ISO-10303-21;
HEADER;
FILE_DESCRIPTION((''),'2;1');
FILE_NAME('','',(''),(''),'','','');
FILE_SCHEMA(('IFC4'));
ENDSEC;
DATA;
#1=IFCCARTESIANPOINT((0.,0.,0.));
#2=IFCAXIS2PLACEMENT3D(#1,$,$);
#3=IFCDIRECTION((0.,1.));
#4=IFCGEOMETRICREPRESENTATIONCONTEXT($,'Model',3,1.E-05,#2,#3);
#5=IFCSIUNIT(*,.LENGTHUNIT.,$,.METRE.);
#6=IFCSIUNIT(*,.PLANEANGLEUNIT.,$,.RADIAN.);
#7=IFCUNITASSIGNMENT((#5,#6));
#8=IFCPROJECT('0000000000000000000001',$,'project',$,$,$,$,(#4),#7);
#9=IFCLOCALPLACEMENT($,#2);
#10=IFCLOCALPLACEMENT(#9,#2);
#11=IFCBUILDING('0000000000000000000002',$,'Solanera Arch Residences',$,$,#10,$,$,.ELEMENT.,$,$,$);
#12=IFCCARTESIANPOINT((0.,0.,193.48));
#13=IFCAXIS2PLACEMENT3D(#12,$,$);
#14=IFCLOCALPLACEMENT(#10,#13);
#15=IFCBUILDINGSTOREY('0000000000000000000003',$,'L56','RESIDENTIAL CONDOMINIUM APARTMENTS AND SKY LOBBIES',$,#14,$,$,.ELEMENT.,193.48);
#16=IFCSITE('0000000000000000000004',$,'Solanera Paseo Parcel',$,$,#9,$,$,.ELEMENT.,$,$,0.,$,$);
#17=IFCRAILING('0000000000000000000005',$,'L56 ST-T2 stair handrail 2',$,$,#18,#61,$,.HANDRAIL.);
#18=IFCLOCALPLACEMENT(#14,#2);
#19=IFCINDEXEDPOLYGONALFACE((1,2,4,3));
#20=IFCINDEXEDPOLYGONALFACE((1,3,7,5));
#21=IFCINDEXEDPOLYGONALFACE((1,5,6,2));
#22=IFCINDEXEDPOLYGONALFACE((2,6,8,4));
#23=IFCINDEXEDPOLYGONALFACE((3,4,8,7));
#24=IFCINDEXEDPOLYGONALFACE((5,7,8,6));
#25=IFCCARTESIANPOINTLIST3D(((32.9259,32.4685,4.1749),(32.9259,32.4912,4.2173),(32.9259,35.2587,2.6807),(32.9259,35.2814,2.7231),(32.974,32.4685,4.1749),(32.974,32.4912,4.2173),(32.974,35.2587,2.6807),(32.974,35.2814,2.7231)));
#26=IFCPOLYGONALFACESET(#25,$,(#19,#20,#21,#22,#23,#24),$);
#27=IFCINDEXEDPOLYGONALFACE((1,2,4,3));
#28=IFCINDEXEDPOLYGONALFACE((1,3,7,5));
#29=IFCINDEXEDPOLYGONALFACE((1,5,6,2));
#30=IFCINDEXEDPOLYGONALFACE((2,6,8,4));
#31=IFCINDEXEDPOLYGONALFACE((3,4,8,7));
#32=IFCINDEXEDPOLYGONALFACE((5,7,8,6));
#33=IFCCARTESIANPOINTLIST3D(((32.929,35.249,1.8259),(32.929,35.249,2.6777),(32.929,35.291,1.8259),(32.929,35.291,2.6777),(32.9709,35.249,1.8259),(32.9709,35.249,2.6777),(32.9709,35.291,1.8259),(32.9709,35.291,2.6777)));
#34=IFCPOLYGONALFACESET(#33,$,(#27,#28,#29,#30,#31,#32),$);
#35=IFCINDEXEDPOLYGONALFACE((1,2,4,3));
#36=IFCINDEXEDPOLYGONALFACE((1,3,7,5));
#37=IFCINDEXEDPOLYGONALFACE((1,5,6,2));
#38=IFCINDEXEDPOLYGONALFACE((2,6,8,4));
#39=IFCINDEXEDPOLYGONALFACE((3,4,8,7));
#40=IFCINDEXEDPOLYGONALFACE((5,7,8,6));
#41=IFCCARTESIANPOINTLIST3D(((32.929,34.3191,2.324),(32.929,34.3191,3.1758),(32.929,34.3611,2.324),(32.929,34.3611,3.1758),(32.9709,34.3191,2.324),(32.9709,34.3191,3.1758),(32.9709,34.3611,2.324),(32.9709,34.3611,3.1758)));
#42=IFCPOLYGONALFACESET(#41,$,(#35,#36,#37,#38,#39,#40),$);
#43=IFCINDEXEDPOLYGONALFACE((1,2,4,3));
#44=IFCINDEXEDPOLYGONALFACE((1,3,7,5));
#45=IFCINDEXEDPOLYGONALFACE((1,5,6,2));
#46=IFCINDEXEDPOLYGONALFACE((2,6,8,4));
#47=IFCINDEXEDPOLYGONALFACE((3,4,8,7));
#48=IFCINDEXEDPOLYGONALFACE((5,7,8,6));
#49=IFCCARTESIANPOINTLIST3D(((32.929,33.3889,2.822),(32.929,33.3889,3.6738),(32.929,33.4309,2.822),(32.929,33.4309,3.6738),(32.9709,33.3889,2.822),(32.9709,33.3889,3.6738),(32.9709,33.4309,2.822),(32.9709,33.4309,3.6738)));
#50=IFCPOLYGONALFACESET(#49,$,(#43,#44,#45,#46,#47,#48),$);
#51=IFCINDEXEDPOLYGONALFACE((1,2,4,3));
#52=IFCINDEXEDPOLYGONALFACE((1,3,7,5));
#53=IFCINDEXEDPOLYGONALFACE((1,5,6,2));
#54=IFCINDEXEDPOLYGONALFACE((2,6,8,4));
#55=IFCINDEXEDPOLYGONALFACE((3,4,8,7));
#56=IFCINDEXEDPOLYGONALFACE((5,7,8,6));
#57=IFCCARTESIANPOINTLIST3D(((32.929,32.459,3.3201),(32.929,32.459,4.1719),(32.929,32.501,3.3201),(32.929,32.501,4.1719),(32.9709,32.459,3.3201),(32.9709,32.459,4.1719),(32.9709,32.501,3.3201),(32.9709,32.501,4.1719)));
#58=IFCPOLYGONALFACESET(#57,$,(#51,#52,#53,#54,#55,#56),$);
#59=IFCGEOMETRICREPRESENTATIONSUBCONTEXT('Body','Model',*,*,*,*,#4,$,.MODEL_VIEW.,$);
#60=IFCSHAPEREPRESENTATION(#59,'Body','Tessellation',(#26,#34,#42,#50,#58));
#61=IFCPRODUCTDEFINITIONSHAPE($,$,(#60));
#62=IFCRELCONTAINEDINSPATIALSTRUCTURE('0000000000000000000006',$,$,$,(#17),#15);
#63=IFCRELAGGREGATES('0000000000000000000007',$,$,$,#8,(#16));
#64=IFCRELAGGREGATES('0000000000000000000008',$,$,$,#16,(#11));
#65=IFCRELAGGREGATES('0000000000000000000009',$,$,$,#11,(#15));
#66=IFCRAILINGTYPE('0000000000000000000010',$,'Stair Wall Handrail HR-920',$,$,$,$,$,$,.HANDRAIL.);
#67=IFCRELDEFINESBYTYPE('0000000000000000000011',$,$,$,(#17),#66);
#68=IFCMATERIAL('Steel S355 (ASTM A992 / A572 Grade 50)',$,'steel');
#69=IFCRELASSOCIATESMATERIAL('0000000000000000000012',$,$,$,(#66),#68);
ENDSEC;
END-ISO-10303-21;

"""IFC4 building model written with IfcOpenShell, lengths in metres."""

from ifc_helpers import new_model, si_unit, direction, frame, origin, origin_2d, place, context, subcontext, project, spatial, rectangle, extrude, material, type_object, element, save


model = new_model("IFC4")

# Units and contexts
model_context = context("Model", 3, precision=1e-05, world=origin(), true_north=direction((0.0, 1.0)))
body_context = subcontext(model_context, "Body", "Model", "MODEL_VIEW")
ifc_project = project(units=[si_unit("LENGTHUNIT", "METRE"), si_unit("PLANEANGLEUNIT", "RADIAN")], contexts=[model_context])

# Site, building, storey
site_placement = place(None, origin())
site = spatial("IfcSite", under=ifc_project, at=site_placement, Name="Solanera Paseo Parcel", CompositionType="ELEMENT", RefElevation=0.0)
building_placement = place(site_placement, origin())
building = spatial("IfcBuilding", under=site, at=building_placement, Name="Solanera Arch Residences", CompositionType="ELEMENT")
storey_placement = place(building_placement, frame((0.0, 0.0, 193.48)))
storey = spatial("IfcBuildingStorey", under=building, at=storey_placement, Name="L56", Description="RESIDENTIAL CONDOMINIUM APARTMENTS AND SKY LOBBIES", CompositionType="ELEMENT", Elevation=193.48)

# Railing
ifc_material_1 = material(Name="Steel S355 (ASTM A992 / A572 Grade 50)", Category="steel")
railing_type_1 = type_object("IfcRailingType", Name="Stair Wall Handrail HR-920", PredefinedType="HANDRAIL", material=ifc_material_1)
railing_1_placement = place(storey_placement, frame((32.95, 35.27, 1.8259)))
element("IfcRailing", 1, at=railing_1_placement, inside=storey, type_object=railing_type_1, Name="L56 ST-T2 stair handrail 2", PredefinedType="HANDRAIL", context=body_context, shape_type="SweptSolid", body=[
    extrude(rectangle(XDim=0.0481, YDim=0.0481, at=origin_2d()), frame((0.0, 0.0, 0.876), z_axis=(0.0, -0.881549, 0.472093), x_axis=(1.0, 0.0, 0.0)), (0.0, 0.0, 1.0), 3.165),
    extrude(rectangle(XDim=0.042, YDim=0.042, at=origin_2d()), origin(), (0.0, 0.0, 1.0), 0.8518),
    extrude(rectangle(XDim=0.042, YDim=0.042, at=origin_2d()), frame((0.0, -0.9299, 0.498)), (0.0, 0.0, 1.0), 0.8518),
    extrude(rectangle(XDim=0.042, YDim=0.042, at=origin_2d()), frame((0.0, -1.8601, 0.9961)), (0.0, 0.0, 1.0), 0.8518),
    extrude(rectangle(XDim=0.042, YDim=0.042, at=origin_2d()), frame((0.0, -2.79, 1.4941)), (0.0, 0.0, 1.0), 0.8518),
])

save(model, "model.ifc")
